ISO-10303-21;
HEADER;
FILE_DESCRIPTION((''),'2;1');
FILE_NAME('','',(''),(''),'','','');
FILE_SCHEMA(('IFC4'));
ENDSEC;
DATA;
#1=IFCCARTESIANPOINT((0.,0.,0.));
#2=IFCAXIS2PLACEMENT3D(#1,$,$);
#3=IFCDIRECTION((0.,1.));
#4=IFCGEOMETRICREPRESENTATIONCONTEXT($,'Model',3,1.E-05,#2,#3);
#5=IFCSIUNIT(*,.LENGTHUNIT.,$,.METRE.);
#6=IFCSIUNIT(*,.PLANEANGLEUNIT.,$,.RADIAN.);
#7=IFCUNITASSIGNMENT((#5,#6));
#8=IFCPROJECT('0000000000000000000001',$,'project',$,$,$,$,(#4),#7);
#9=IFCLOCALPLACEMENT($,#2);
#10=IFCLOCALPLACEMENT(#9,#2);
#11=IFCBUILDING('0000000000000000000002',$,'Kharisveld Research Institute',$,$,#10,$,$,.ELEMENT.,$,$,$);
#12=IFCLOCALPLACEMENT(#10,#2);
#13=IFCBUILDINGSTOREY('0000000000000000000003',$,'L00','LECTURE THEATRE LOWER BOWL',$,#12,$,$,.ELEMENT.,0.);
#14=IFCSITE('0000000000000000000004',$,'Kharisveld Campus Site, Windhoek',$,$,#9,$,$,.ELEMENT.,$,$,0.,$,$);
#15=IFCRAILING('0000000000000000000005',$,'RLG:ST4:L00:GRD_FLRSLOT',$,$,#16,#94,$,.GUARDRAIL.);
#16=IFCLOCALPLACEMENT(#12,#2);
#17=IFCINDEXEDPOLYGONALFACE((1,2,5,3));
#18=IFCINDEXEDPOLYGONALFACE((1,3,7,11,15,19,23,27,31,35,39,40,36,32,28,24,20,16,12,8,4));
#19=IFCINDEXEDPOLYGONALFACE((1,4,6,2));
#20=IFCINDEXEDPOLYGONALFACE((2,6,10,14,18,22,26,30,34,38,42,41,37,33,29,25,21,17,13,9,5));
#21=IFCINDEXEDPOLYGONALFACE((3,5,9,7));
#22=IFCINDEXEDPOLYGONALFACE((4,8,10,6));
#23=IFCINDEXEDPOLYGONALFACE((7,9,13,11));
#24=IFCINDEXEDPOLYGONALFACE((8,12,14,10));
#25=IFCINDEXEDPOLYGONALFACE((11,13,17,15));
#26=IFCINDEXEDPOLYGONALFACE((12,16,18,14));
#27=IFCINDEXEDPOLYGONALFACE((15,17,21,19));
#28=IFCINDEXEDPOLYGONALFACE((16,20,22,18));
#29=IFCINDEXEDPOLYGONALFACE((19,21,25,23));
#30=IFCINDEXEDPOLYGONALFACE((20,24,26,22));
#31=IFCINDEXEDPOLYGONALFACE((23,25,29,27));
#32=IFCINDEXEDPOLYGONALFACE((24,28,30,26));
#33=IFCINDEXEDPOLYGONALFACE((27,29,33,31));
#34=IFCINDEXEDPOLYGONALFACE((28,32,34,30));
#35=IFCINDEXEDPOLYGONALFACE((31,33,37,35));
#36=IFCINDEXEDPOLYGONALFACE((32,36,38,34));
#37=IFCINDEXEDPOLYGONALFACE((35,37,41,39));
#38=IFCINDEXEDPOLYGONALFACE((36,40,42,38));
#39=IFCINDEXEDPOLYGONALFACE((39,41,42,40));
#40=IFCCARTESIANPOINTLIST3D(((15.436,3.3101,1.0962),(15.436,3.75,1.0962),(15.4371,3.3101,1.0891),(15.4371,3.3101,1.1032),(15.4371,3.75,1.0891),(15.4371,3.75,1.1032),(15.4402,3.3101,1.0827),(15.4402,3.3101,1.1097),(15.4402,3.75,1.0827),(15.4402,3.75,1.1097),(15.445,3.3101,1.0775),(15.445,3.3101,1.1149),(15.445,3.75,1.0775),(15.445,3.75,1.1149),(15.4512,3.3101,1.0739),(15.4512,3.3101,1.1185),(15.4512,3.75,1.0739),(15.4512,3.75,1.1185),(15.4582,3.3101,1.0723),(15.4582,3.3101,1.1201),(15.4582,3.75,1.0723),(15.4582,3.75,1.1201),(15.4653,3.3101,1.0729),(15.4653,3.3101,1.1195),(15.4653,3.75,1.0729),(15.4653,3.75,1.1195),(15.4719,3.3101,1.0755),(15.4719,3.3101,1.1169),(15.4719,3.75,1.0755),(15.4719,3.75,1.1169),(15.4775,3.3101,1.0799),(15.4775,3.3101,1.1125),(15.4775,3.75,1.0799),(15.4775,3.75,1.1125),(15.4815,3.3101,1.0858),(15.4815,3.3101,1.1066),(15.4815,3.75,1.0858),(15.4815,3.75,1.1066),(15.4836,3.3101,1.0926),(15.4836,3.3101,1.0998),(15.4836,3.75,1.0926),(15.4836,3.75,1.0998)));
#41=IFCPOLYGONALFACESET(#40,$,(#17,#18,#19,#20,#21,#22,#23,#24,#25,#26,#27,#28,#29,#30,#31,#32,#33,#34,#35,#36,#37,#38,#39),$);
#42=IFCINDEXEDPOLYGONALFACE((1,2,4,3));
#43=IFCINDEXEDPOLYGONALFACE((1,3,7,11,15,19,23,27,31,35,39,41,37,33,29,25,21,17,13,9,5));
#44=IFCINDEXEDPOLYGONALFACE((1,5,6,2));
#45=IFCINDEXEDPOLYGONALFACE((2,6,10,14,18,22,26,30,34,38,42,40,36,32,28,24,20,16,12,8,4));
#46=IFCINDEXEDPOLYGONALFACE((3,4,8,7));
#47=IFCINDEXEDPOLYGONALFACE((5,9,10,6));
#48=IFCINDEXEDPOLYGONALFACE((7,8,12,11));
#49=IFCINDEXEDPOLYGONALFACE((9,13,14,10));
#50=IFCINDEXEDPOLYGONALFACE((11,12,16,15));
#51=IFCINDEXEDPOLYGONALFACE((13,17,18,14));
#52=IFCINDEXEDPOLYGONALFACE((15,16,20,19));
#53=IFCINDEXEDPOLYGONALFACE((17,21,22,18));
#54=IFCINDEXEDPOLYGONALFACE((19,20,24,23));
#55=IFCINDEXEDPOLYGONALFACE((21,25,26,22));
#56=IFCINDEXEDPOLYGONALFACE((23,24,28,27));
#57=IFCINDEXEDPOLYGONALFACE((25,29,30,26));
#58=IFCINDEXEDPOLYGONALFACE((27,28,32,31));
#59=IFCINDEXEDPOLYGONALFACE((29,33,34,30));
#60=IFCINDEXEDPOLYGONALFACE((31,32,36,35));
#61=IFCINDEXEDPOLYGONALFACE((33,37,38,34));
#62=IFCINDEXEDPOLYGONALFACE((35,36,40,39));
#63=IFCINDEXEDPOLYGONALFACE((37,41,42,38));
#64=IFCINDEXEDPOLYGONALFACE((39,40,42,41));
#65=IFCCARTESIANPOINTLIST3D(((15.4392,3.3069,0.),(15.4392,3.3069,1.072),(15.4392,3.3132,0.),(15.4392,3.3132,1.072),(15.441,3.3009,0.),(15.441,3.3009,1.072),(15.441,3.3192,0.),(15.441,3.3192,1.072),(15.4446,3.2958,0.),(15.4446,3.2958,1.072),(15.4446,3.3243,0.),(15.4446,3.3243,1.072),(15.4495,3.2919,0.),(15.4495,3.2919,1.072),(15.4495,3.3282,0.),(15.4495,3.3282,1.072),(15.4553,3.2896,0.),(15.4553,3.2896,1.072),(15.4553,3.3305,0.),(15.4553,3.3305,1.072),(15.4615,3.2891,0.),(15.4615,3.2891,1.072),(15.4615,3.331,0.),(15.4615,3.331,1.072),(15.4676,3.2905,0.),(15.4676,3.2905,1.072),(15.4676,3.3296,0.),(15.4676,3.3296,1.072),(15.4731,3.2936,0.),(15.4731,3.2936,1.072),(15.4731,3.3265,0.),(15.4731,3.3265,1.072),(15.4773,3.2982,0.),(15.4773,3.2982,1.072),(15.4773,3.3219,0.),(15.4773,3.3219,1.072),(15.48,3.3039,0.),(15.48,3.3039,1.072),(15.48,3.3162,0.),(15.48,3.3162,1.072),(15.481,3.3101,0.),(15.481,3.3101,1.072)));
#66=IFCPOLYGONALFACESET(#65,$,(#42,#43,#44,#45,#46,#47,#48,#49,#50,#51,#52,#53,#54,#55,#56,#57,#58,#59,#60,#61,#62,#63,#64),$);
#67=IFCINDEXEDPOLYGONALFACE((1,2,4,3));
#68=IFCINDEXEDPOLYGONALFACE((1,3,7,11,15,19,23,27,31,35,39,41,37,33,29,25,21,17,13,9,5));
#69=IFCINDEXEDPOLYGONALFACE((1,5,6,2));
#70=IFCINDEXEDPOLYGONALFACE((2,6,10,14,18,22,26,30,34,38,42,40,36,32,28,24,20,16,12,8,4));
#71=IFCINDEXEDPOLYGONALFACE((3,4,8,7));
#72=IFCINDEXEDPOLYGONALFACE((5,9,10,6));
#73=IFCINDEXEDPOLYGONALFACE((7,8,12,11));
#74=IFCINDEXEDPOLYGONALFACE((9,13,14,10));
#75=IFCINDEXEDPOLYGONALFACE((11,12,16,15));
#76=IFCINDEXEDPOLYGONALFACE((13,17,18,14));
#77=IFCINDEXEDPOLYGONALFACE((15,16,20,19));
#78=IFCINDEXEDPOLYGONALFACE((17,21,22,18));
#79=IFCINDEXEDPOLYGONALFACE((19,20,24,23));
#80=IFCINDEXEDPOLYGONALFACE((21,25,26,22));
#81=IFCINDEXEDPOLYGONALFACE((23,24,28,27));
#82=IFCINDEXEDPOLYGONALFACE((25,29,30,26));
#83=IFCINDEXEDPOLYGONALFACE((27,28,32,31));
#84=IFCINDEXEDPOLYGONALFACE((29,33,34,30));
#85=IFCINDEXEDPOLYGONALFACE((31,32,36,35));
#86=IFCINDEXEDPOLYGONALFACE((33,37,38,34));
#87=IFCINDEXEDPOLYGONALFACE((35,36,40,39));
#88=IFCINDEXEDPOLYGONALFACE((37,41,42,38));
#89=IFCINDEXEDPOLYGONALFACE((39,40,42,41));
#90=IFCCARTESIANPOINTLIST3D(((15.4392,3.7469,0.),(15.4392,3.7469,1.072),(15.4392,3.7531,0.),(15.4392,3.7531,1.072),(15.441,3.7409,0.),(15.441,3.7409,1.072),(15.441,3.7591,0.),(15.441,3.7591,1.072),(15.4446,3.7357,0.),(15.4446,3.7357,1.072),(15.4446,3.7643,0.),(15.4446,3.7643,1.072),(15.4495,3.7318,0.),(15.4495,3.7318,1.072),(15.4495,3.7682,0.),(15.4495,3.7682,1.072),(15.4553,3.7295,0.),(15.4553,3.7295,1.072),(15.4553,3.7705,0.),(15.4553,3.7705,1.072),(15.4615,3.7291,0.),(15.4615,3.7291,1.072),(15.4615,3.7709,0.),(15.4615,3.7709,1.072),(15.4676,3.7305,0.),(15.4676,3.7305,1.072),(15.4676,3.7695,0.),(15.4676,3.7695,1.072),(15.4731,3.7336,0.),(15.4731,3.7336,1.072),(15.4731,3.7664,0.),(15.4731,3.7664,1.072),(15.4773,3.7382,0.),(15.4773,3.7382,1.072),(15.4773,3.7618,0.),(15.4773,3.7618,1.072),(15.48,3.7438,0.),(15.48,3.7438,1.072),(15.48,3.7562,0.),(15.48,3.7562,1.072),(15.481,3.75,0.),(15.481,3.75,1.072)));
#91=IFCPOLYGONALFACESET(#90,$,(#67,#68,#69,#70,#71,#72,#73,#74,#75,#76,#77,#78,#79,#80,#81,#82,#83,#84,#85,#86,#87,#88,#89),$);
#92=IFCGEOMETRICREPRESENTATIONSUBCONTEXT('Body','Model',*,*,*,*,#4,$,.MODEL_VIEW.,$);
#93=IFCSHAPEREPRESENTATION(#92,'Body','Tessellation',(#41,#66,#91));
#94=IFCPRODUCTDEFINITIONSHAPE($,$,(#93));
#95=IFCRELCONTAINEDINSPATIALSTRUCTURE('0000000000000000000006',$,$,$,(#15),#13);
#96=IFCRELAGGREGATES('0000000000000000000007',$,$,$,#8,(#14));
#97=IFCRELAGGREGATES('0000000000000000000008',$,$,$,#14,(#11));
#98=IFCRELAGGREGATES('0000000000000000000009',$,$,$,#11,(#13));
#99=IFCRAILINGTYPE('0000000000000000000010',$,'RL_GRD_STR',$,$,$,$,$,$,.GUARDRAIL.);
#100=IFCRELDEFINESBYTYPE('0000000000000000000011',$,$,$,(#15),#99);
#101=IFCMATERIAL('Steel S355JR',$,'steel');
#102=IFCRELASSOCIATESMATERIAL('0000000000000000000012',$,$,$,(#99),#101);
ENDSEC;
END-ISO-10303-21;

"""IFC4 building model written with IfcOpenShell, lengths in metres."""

from ifc_helpers import new_model, si_unit, direction, frame, origin, origin_2d, place, context, subcontext, project, spatial, circle, extrude, material, type_object, element, save


model = new_model("IFC4")

# Units and contexts
model_context = context("Model", 3, precision=1e-05, world=origin(), true_north=direction((0.0, 1.0)))
body_context = subcontext(model_context, "Body", "Model", "MODEL_VIEW")
ifc_project = project(units=[si_unit("LENGTHUNIT", "METRE"), si_unit("PLANEANGLEUNIT", "RADIAN")], contexts=[model_context])

# Site, building, storey
site_placement = place(None, origin())
site = spatial("IfcSite", under=ifc_project, at=site_placement, Name="Kharisveld Campus Site, Windhoek", CompositionType="ELEMENT", RefElevation=0.0)
building_placement = place(site_placement, origin())
building = spatial("IfcBuilding", under=site, at=building_placement, Name="Kharisveld Research Institute", CompositionType="ELEMENT")
storey_placement = place(building_placement, origin())
storey = spatial("IfcBuildingStorey", under=building, at=storey_placement, Name="L00", Description="LECTURE THEATRE LOWER BOWL", CompositionType="ELEMENT", Elevation=0.0)

# Railing
ifc_material_1 = material(Name="Steel S355JR", Category="steel")
railing_type_1 = type_object("IfcRailingType", Name="RL_GRD_STR", PredefinedType="GUARDRAIL", material=ifc_material_1)
railing_1_placement = place(storey_placement, frame((15.46, 3.3101, 0.0)))
element("IfcRailing", 1, at=railing_1_placement, inside=storey, type_object=railing_type_1, Name="RLG:ST4:L00:GRD_FLRSLOT", PredefinedType="GUARDRAIL", context=body_context, shape_type="SweptSolid", body=[
    extrude(circle(Radius=0.0239, at=origin_2d()), frame((0.0, 0.0, 1.0962), z_axis=(0.0, 1.0, 0.0), x_axis=(-1.0, 0.0, 0.0)), (0.0, 0.0, 1.0), 0.4399),
    extrude(circle(Radius=0.021, at=origin_2d()), origin(), (0.0, 0.0, 1.0), 1.072),
    extrude(circle(Radius=0.021, at=origin_2d()), frame((0.0, 0.4399, 0.0)), (0.0, 0.0, 1.0), 1.072),
])

save(model, "model.ifc")
